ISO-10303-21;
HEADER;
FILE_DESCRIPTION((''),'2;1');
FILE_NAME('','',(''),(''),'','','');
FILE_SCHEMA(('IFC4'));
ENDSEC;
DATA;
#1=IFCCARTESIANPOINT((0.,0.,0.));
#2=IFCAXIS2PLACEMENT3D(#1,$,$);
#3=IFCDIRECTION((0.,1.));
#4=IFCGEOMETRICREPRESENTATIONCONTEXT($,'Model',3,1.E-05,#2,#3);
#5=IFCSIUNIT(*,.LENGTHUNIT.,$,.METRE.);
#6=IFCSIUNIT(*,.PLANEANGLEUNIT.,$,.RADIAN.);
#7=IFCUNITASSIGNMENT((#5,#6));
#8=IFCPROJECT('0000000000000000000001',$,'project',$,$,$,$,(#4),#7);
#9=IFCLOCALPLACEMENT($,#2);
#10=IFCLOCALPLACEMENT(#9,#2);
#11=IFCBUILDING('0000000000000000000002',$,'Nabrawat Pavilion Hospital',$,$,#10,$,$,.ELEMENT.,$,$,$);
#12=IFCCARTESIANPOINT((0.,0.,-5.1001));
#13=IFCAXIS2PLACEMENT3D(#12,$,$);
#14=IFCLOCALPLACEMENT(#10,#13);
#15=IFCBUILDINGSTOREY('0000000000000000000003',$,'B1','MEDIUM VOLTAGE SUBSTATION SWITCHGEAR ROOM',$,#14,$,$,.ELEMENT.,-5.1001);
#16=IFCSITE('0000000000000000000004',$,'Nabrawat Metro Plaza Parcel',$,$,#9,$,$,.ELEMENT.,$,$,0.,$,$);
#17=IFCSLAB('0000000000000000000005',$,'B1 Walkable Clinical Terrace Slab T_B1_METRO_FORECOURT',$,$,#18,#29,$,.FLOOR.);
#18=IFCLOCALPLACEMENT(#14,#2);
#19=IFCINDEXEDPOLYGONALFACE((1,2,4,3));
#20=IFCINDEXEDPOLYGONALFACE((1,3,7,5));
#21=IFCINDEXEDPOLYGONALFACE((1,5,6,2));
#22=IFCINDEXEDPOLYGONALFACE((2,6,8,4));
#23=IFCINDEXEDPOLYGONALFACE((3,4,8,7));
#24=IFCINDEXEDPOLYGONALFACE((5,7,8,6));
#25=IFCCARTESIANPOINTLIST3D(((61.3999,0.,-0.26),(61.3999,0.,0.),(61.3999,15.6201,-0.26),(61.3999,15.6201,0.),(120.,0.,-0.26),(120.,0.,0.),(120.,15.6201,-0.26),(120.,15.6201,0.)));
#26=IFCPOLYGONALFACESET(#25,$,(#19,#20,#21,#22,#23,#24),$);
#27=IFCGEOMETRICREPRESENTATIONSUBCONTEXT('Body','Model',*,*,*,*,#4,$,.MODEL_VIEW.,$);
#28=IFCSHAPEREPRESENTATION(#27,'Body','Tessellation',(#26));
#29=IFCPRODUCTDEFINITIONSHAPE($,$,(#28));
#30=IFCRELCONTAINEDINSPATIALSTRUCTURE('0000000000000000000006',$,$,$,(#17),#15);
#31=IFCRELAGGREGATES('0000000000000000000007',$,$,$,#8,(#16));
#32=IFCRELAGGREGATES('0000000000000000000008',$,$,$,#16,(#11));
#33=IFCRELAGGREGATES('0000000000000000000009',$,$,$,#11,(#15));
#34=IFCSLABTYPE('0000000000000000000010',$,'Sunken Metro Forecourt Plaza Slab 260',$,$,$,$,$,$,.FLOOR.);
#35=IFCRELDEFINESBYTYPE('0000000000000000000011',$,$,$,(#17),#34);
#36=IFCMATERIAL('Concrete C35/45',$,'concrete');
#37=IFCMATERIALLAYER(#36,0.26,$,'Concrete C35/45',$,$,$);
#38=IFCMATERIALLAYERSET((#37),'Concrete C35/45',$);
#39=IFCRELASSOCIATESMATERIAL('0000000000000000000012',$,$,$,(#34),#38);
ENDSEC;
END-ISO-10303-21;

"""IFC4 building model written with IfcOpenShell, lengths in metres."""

from ifc_helpers import new_model, si_unit, direction, frame, origin, place, context, subcontext, project, spatial, polyline, outline, extrude, material, layer, layer_set, type_object, element, save


model = new_model("IFC4")

# Units and contexts
model_context = context("Model", 3, precision=1e-05, world=origin(), true_north=direction((0.0, 1.0)))
body_context = subcontext(model_context, "Body", "Model", "MODEL_VIEW")
ifc_project = project(units=[si_unit("LENGTHUNIT", "METRE"), si_unit("PLANEANGLEUNIT", "RADIAN")], contexts=[model_context])

# Site, building, storey
site_placement = place(None, origin())
site = spatial("IfcSite", under=ifc_project, at=site_placement, Name="Nabrawat Metro Plaza Parcel", CompositionType="ELEMENT", RefElevation=0.0)
building_placement = place(site_placement, origin())
building = spatial("IfcBuilding", under=site, at=building_placement, Name="Nabrawat Pavilion Hospital", CompositionType="ELEMENT")
storey_placement = place(building_placement, frame((0.0, 0.0, -5.1001)))
storey = spatial("IfcBuildingStorey", under=building, at=storey_placement, Name="B1", Description="MEDIUM VOLTAGE SUBSTATION SWITCHGEAR ROOM", CompositionType="ELEMENT", Elevation=-5.1001)

# Shared definitions
ifc_material_1 = material(Name="Concrete C35/45", Category="concrete")

# Slab
ifc_layer_1 = layer(ifc_material_1, 0.26, Name="Concrete C35/45")
ifc_layer_set_1 = layer_set([ifc_layer_1], Name="Concrete C35/45")
slab_type_1 = type_object("IfcSlabType", Name="Sunken Metro Forecourt Plaza Slab 260", PredefinedType="FLOOR", material=ifc_layer_set_1)
slab_1_placement = place(storey_placement, frame((0.0, 0.0, -0.26)))
element("IfcSlab", 1, at=slab_1_placement, inside=storey, type_object=slab_type_1, Name="B1 Walkable Clinical Terrace Slab T_B1_METRO_FORECOURT", PredefinedType="FLOOR", context=body_context, shape_type="SweptSolid", body=[
    extrude(outline(polyline([(120.0, 0.0), (120.0, 15.6201), (61.3999, 15.6201), (61.3999, 0.0), (120.0, 0.0)])), origin(), (0.0, 0.0, 1.0), 0.26),
])

save(model, "model.ifc")
